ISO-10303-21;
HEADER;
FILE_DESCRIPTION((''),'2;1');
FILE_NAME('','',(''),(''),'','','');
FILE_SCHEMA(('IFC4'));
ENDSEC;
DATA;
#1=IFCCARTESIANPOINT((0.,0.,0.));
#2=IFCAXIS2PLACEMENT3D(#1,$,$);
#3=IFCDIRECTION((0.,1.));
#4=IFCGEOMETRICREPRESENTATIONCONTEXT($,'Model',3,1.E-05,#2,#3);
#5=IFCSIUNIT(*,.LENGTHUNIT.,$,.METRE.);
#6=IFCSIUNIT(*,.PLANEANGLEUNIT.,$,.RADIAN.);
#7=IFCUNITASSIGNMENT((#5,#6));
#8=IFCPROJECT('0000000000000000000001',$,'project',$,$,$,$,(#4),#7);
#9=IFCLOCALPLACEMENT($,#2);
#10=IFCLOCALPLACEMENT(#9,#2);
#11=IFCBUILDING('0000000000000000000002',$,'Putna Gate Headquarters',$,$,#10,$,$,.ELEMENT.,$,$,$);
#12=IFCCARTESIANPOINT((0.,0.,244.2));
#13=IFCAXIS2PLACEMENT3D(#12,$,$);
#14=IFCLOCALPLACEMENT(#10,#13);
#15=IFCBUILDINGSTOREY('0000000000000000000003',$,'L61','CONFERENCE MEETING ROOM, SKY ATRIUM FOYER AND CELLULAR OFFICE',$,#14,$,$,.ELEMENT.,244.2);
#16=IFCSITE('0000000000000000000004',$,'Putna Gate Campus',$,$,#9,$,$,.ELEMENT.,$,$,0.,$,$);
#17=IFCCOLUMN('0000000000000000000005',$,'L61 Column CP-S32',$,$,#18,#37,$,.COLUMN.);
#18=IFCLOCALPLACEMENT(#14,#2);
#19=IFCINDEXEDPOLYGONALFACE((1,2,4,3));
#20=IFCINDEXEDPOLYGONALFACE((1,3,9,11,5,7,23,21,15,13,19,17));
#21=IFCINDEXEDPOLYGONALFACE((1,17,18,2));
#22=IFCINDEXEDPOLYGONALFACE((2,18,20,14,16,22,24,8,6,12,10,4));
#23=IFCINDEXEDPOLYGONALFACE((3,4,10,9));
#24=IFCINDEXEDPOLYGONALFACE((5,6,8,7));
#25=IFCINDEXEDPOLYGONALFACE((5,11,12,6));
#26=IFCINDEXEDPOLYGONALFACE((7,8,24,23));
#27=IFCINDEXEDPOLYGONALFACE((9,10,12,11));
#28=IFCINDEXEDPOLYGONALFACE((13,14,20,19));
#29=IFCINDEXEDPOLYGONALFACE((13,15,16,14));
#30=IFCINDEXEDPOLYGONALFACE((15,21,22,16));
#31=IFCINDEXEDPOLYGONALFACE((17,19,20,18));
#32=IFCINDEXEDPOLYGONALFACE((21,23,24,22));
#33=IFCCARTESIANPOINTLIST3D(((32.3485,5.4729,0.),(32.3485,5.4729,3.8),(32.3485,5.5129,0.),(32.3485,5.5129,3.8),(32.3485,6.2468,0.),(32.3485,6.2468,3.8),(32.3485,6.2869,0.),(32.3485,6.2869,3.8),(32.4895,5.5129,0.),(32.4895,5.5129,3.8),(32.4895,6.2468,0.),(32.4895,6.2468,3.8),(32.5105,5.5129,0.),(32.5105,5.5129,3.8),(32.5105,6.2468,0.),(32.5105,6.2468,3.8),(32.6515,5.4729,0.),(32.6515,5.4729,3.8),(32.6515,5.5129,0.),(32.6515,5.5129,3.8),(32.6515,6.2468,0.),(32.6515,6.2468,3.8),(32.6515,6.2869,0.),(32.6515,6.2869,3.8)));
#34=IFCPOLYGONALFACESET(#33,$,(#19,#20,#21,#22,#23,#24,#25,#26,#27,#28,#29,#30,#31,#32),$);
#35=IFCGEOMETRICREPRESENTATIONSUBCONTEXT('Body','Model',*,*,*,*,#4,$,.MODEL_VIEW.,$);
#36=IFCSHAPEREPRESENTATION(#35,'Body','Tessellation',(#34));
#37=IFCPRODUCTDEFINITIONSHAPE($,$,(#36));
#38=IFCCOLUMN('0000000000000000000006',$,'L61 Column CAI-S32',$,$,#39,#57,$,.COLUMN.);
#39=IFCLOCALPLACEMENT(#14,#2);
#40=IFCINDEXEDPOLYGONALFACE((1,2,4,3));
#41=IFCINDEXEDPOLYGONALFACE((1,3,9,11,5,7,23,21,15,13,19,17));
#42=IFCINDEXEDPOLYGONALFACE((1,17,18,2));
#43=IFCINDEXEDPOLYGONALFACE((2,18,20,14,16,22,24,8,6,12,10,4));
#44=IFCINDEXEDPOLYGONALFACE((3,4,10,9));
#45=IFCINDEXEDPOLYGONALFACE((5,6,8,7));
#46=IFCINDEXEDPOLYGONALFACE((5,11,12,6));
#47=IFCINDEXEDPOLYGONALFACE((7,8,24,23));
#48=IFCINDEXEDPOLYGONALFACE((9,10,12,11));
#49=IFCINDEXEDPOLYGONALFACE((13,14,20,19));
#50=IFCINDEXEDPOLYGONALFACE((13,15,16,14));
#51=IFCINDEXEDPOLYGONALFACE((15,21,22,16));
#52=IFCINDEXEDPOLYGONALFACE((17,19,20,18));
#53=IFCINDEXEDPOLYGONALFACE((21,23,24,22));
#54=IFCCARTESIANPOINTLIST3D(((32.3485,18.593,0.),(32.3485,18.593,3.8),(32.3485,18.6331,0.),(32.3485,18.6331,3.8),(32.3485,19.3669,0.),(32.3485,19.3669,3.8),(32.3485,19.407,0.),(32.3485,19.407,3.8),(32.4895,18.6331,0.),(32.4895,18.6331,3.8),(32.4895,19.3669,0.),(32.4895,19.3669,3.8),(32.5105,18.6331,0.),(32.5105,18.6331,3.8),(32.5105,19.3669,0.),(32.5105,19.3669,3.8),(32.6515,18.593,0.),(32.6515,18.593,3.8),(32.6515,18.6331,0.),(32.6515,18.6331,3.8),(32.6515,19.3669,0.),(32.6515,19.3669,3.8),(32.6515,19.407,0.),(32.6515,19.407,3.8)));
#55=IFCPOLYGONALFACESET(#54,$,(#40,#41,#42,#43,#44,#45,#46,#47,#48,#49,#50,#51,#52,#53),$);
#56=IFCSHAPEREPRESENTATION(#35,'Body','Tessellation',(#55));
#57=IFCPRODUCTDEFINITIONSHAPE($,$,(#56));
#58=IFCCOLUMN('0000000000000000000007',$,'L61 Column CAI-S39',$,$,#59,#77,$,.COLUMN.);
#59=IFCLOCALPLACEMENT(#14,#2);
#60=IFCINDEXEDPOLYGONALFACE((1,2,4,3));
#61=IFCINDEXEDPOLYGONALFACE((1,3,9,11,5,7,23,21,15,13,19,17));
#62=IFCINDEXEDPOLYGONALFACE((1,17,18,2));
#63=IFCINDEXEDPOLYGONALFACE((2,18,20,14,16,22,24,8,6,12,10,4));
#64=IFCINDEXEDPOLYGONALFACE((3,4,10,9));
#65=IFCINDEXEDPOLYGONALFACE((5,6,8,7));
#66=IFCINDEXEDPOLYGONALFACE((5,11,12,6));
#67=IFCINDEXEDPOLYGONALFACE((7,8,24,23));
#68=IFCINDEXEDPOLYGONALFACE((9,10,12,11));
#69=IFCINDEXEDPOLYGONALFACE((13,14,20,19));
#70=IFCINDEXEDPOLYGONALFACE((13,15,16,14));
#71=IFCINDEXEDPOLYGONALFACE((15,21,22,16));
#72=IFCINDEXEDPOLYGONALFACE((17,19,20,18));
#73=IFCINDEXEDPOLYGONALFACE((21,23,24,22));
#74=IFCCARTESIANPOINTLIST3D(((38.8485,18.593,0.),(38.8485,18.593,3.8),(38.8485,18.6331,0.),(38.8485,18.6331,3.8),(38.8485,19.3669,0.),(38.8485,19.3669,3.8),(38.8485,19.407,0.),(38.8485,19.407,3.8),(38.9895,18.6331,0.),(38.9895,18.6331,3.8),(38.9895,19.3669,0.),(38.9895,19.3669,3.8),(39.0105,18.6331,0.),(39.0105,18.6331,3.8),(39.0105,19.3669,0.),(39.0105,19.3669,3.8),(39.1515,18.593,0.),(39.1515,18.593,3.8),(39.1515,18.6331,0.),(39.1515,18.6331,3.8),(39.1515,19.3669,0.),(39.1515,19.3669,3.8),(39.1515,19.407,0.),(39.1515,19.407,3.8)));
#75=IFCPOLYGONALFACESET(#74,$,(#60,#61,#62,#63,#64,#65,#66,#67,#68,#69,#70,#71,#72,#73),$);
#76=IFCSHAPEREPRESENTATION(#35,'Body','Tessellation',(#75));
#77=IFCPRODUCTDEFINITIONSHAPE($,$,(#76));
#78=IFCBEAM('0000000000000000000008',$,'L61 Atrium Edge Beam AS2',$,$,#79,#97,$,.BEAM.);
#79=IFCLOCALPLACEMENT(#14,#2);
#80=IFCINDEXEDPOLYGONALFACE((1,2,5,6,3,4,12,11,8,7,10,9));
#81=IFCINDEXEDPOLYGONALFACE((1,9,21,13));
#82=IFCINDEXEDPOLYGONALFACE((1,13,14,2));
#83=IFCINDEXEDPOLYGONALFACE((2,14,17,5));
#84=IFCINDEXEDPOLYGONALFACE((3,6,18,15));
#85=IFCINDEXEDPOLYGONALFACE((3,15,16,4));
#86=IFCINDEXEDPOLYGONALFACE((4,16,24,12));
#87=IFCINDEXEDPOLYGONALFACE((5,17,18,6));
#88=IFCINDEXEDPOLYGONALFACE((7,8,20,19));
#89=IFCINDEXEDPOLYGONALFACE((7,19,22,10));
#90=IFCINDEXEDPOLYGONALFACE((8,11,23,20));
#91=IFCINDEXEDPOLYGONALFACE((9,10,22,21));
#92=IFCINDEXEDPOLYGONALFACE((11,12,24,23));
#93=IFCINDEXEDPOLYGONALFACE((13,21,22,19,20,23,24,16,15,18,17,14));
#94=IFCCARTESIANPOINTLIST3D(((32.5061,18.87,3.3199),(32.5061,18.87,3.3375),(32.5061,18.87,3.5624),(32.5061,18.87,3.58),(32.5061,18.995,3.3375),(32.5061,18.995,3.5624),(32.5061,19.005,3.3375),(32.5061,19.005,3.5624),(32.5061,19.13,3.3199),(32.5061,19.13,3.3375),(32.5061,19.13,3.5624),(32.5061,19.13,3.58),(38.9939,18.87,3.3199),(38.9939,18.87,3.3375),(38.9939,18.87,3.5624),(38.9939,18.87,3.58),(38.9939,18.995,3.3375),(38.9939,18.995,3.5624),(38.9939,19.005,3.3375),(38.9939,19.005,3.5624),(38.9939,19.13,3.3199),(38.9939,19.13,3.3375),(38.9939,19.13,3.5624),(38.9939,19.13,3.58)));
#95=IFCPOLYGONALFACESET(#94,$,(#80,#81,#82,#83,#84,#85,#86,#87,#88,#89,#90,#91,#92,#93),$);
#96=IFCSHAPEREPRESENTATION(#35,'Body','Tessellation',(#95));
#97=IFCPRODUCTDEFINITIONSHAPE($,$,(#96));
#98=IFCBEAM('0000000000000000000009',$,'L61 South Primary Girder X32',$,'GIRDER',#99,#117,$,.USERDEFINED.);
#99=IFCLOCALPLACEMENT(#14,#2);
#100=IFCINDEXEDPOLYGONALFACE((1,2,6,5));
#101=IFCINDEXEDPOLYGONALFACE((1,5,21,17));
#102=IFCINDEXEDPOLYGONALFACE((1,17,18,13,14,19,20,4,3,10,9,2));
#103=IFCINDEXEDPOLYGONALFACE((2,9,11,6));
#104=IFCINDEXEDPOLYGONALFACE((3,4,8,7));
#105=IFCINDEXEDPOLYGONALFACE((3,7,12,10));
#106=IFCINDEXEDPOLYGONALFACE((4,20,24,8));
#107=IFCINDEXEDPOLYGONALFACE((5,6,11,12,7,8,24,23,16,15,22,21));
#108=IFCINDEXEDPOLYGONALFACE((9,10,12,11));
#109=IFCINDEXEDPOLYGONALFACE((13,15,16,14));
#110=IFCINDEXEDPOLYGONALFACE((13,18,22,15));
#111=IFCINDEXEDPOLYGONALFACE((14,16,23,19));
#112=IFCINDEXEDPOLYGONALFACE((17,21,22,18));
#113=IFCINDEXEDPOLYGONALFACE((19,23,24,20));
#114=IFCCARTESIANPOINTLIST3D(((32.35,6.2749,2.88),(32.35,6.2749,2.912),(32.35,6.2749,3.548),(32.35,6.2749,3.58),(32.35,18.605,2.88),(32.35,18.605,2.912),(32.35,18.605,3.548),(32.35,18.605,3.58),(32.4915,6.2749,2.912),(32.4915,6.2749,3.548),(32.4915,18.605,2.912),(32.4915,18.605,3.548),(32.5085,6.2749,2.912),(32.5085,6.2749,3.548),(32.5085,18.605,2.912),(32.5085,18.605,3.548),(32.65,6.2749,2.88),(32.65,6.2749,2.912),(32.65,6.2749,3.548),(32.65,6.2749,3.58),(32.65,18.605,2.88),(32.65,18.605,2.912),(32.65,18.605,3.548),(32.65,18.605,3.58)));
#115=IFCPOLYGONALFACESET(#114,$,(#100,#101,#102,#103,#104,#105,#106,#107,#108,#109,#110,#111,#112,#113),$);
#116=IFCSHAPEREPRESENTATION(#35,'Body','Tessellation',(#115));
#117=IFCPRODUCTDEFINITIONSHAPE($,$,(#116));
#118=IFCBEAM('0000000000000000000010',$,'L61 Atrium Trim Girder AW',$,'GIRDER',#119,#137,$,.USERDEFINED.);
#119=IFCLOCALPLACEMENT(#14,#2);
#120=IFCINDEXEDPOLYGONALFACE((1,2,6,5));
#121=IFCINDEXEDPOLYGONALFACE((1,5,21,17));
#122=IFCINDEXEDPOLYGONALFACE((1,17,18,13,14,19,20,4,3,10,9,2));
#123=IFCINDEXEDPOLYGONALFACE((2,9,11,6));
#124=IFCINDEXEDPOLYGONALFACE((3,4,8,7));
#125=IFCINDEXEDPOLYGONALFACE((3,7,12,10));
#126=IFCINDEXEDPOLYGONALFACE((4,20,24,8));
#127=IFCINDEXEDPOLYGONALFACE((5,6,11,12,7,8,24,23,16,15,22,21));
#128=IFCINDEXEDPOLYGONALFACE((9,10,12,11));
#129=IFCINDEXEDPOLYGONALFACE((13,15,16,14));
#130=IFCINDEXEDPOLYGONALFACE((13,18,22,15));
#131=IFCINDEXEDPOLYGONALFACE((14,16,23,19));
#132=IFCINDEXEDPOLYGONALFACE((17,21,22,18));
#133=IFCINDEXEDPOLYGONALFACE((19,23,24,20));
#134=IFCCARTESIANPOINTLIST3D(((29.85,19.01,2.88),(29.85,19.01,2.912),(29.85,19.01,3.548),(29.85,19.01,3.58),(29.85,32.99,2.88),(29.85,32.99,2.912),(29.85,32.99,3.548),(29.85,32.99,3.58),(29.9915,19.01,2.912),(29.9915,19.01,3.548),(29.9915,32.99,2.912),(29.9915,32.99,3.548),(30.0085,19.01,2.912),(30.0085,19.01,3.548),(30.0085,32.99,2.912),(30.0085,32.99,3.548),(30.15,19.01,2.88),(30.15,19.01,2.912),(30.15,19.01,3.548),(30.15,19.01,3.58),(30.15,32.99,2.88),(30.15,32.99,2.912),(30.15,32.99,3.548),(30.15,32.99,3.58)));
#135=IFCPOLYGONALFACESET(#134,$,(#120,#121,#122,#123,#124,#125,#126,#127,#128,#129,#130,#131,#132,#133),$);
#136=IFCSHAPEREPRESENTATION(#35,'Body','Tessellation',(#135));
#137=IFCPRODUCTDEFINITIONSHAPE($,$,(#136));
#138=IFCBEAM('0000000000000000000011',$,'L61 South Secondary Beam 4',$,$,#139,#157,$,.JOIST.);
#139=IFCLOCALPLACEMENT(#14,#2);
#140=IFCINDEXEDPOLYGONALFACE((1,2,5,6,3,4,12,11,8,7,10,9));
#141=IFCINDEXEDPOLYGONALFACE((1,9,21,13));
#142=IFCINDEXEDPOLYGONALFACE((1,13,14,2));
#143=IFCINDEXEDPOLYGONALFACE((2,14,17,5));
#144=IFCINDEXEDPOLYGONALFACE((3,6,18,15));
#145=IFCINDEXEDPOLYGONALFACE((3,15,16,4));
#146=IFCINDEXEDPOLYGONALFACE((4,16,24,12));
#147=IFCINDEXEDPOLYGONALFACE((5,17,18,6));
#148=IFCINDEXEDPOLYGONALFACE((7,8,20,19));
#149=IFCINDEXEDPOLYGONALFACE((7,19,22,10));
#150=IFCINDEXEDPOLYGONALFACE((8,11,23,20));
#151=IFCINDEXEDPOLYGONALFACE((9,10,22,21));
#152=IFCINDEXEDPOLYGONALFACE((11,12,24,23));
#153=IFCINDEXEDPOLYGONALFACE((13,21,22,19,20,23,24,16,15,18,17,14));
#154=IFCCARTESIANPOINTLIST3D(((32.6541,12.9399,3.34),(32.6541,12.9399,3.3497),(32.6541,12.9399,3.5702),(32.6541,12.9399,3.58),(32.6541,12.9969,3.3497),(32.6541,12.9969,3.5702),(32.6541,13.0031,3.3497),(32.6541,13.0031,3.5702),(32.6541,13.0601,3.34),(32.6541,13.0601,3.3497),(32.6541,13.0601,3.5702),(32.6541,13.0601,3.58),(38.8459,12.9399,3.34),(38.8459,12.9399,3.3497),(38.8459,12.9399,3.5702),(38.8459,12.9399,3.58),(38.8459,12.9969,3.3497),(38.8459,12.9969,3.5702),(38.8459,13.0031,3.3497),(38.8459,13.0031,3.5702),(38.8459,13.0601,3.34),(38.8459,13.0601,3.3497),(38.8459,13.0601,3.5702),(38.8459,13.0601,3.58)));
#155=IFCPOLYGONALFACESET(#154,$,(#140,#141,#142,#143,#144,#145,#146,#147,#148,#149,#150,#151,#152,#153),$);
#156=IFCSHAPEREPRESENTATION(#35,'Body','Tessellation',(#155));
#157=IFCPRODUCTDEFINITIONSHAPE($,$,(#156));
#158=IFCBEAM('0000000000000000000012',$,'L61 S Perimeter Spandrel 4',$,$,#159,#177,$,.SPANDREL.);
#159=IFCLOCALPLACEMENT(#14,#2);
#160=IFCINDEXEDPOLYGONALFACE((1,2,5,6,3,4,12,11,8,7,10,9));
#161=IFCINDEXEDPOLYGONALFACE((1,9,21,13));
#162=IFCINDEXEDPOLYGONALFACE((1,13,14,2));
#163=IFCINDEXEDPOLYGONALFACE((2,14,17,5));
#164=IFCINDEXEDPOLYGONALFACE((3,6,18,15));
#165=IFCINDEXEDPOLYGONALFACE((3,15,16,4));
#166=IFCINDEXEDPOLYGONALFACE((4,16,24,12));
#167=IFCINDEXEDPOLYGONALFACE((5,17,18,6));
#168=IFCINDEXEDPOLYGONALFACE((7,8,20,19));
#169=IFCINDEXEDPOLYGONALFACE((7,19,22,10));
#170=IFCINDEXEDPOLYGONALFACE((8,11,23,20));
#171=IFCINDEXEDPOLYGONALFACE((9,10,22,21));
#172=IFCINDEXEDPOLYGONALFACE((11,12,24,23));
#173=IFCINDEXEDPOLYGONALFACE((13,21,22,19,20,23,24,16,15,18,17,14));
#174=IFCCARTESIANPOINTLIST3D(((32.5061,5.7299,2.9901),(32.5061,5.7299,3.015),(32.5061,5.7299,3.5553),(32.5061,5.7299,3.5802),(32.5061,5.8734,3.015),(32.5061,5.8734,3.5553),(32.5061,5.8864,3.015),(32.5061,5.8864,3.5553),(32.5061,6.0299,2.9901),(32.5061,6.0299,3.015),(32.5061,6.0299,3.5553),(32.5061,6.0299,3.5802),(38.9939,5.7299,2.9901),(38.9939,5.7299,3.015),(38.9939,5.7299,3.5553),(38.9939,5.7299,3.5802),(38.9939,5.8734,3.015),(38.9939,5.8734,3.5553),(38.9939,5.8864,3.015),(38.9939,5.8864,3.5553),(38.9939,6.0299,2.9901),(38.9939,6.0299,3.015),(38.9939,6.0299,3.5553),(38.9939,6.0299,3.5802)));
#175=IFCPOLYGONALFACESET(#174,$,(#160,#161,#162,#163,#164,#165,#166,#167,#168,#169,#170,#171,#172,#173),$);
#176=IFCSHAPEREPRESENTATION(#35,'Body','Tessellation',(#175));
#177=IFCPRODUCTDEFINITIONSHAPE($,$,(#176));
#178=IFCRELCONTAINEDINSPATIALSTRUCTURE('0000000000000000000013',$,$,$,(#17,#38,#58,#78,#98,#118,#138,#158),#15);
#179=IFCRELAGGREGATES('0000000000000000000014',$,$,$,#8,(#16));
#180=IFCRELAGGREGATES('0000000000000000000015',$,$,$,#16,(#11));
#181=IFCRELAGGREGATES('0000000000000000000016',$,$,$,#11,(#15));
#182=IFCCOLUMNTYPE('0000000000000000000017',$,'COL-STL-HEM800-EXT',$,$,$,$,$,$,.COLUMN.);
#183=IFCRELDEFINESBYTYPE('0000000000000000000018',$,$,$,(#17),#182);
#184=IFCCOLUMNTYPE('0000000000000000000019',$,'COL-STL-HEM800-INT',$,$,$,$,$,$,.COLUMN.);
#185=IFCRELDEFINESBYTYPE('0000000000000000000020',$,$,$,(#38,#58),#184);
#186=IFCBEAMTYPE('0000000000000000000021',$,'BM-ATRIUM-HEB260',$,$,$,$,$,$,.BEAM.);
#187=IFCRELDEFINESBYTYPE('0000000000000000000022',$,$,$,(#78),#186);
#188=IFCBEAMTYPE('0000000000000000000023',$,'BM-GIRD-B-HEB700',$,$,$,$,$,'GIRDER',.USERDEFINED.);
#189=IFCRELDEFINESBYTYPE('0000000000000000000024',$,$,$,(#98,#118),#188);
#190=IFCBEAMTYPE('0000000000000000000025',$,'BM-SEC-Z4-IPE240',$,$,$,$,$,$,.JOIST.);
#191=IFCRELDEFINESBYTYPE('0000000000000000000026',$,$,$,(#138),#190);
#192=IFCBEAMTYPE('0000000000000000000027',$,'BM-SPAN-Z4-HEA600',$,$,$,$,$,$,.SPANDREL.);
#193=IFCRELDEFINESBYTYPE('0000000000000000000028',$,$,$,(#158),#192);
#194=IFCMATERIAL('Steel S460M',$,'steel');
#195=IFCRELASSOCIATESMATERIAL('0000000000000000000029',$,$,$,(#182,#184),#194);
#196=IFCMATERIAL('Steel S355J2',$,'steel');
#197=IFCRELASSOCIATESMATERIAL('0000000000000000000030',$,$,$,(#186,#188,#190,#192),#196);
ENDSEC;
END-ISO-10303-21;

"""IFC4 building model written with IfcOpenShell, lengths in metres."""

from ifc_helpers import new_model, si_unit, direction, frame, origin, origin_2d, place, context, subcontext, project, spatial, i_section, extrude, material, material_profile, profile_set, type_object, element, save


model = new_model("IFC4")

# Units and contexts
model_context = context("Model", 3, precision=1e-05, world=origin(), true_north=direction((0.0, 1.0)))
body_context = subcontext(model_context, "Body", "Model", "MODEL_VIEW")
ifc_project = project(units=[si_unit("LENGTHUNIT", "METRE"), si_unit("PLANEANGLEUNIT", "RADIAN")], contexts=[model_context])

# Site, building, storey
site_placement = place(None, origin())
site = spatial("IfcSite", under=ifc_project, at=site_placement, Name="Putna Gate Campus", CompositionType="ELEMENT", RefElevation=0.0)
building_placement = place(site_placement, origin())
building = spatial("IfcBuilding", under=site, at=building_placement, Name="Putna Gate Headquarters", CompositionType="ELEMENT")
storey_placement = place(building_placement, frame((0.0, 0.0, 244.2)))
storey = spatial("IfcBuildingStorey", under=building, at=storey_placement, Name="L61", Description="CONFERENCE MEETING ROOM, SKY ATRIUM FOYER AND CELLULAR OFFICE", CompositionType="ELEMENT", Elevation=244.2)

# Columns
ifc_material_1 = material(Name="Steel S460M", Category="steel")
ifc_material_profile_1 = material_profile(ifc_material_1, i_section(OverallWidth=0.303, OverallDepth=0.814, WebThickness=0.021, FlangeThickness=0.04, at=origin_2d()), Name="Steel S460M")
ifc_profile_set_1 = profile_set([ifc_material_profile_1], Name="Steel S460M")
column_type_1 = type_object("IfcColumnType", Name="COL-STL-HEM800-EXT", PredefinedType="COLUMN", material=ifc_profile_set_1)
column_placement = place(storey_placement, frame((32.5, 5.8799, 0.0), z_axis=(0.0, 0.0, 1.0), x_axis=(1.0, 0.0, 0.0)))
element("IfcColumn", 1, at=column_placement, inside=storey, type_object=column_type_1, Name="L61 Column CP-S32", PredefinedType="COLUMN", context=body_context, shape_type="SweptSolid", body=[
    extrude(i_section(OverallWidth=0.303, OverallDepth=0.814, WebThickness=0.021, FlangeThickness=0.04, at=origin_2d()), origin(), (0.0, 0.0, 1.0), 3.8),
])
ifc_material_profile_2 = material_profile(ifc_material_1, i_section(OverallWidth=0.303, OverallDepth=0.814, WebThickness=0.021, FlangeThickness=0.04, at=origin_2d()), Name="Steel S460M")
ifc_profile_set_2 = profile_set([ifc_material_profile_2], Name="Steel S460M")
column_type_2 = type_object("IfcColumnType", Name="COL-STL-HEM800-INT", PredefinedType="COLUMN", material=ifc_profile_set_2)
for number, where, z_axis, x_axis, name in (
    (2, (32.5, 19.0, 0.0), (0.0, 0.0, 1.0), (1.0, 0.0, 0.0), "L61 Column CAI-S32"),
    (3, (39.0, 19.0, 0.0), (0.0, 0.0, 1.0), (1.0, 0.0, 0.0), "L61 Column CAI-S39"),
):
    element("IfcColumn", number, at=place(storey_placement, frame(where, z_axis=z_axis, x_axis=x_axis)), inside=storey, type_object=column_type_2, Name=name, PredefinedType="COLUMN", context=body_context, shape_type="SweptSolid", body=[
        extrude(i_section(OverallWidth=0.303, OverallDepth=0.814, WebThickness=0.021, FlangeThickness=0.04, at=origin_2d()), origin(), (0.0, 0.0, 1.0), 3.8),
    ])

# Beams
ifc_material_2 = material(Name="Steel S355J2", Category="steel")
ifc_material_profile_3 = material_profile(ifc_material_2, i_section(OverallWidth=0.26, OverallDepth=0.26, WebThickness=0.01, FlangeThickness=0.0176, at=origin_2d()), Name="Steel S355J2")
ifc_profile_set_3 = profile_set([ifc_material_profile_3], Name="Steel S355J2")
beam_type_1 = type_object("IfcBeamType", Name="BM-ATRIUM-HEB260", PredefinedType="BEAM", material=ifc_profile_set_3)
beam_1_placement = place(storey_placement, frame((32.5061, 19.0, 3.45), z_axis=(1.0, 0.0, 0.0), x_axis=(0.0, 1.0, 0.0)))
element("IfcBeam", 4, at=beam_1_placement, inside=storey, type_object=beam_type_1, Name="L61 Atrium Edge Beam AS2", PredefinedType="BEAM", context=body_context, shape_type="SweptSolid", body=[
    extrude(i_section(OverallWidth=0.26, OverallDepth=0.26, WebThickness=0.01, FlangeThickness=0.0176, at=origin_2d()), origin(), (0.0, 0.0, 1.0), 6.4878),
])
ifc_material_profile_4 = material_profile(ifc_material_2, i_section(OverallWidth=0.3, OverallDepth=0.7, WebThickness=0.0171, FlangeThickness=0.032, at=origin_2d()), Name="Steel S355J2")
ifc_profile_set_4 = profile_set([ifc_material_profile_4], Name="Steel S355J2")
beam_type_2 = type_object("IfcBeamType", Name="BM-GIRD-B-HEB700", ElementType="GIRDER", PredefinedType="USERDEFINED", material=ifc_profile_set_4)
beam_2_placement = place(storey_placement, frame((32.5, 6.2749, 3.23), z_axis=(0.0, 1.0, 0.0), x_axis=(-1.0, 0.0, 0.0)))
element("IfcBeam", 5, at=beam_2_placement, inside=storey, type_object=beam_type_2, Name="L61 South Primary Girder X32", ObjectType="GIRDER", PredefinedType="USERDEFINED", context=body_context, shape_type="SweptSolid", body=[
    extrude(i_section(OverallWidth=0.3, OverallDepth=0.7, WebThickness=0.0171, FlangeThickness=0.032, at=origin_2d()), origin(), (0.0, 0.0, 1.0), 12.3301),
])
beam_3_placement = place(storey_placement, frame((30.0, 19.01, 3.23), z_axis=(0.0, 1.0, 0.0), x_axis=(-1.0, 0.0, 0.0)))
element("IfcBeam", 6, at=beam_3_placement, inside=storey, type_object=beam_type_2, Name="L61 Atrium Trim Girder AW", ObjectType="GIRDER", PredefinedType="USERDEFINED", context=body_context, shape_type="SweptSolid", body=[
    extrude(i_section(OverallWidth=0.3, OverallDepth=0.7, WebThickness=0.0171, FlangeThickness=0.032, at=origin_2d()), origin(), (0.0, 0.0, 1.0), 13.98),
])
ifc_material_profile_5 = material_profile(ifc_material_2, i_section(OverallWidth=0.1201, OverallDepth=0.24, WebThickness=0.0061, FlangeThickness=0.0098, at=origin_2d()), Name="Steel S355J2")
ifc_profile_set_5 = profile_set([ifc_material_profile_5], Name="Steel S355J2")
beam_type_3 = type_object("IfcBeamType", Name="BM-SEC-Z4-IPE240", PredefinedType="JOIST", material=ifc_profile_set_5)
beam_4_placement = place(storey_placement, frame((32.6541, 13.0, 3.46), z_axis=(1.0, 0.0, 0.0), x_axis=(0.0, 1.0, 0.0)))
element("IfcBeam", 7, at=beam_4_placement, inside=storey, type_object=beam_type_3, Name="L61 South Secondary Beam 4", PredefinedType="JOIST", context=body_context, shape_type="SweptSolid", body=[
    extrude(i_section(OverallWidth=0.1201, OverallDepth=0.24, WebThickness=0.0061, FlangeThickness=0.0098, at=origin_2d()), origin(), (0.0, 0.0, 1.0), 6.1919),
])
ifc_material_profile_6 = material_profile(ifc_material_2, i_section(OverallWidth=0.3, OverallDepth=0.5901, WebThickness=0.0129, FlangeThickness=0.0249, at=origin_2d()), Name="Steel S355J2")
ifc_profile_set_6 = profile_set([ifc_material_profile_6], Name="Steel S355J2")
beam_type_4 = type_object("IfcBeamType", Name="BM-SPAN-Z4-HEA600", PredefinedType="SPANDREL", material=ifc_profile_set_6)
beam_5_placement = place(storey_placement, frame((32.5061, 5.8799, 3.2852), z_axis=(1.0, 0.0, 0.0), x_axis=(0.0, 1.0, 0.0)))
element("IfcBeam", 8, at=beam_5_placement, inside=storey, type_object=beam_type_4, Name="L61 S Perimeter Spandrel 4", PredefinedType="SPANDREL", context=body_context, shape_type="SweptSolid", body=[
    extrude(i_section(OverallWidth=0.3, OverallDepth=0.5901, WebThickness=0.0129, FlangeThickness=0.0249, at=origin_2d()), origin(), (0.0, 0.0, 1.0), 6.4878),
])

save(model, "model.ifc")
